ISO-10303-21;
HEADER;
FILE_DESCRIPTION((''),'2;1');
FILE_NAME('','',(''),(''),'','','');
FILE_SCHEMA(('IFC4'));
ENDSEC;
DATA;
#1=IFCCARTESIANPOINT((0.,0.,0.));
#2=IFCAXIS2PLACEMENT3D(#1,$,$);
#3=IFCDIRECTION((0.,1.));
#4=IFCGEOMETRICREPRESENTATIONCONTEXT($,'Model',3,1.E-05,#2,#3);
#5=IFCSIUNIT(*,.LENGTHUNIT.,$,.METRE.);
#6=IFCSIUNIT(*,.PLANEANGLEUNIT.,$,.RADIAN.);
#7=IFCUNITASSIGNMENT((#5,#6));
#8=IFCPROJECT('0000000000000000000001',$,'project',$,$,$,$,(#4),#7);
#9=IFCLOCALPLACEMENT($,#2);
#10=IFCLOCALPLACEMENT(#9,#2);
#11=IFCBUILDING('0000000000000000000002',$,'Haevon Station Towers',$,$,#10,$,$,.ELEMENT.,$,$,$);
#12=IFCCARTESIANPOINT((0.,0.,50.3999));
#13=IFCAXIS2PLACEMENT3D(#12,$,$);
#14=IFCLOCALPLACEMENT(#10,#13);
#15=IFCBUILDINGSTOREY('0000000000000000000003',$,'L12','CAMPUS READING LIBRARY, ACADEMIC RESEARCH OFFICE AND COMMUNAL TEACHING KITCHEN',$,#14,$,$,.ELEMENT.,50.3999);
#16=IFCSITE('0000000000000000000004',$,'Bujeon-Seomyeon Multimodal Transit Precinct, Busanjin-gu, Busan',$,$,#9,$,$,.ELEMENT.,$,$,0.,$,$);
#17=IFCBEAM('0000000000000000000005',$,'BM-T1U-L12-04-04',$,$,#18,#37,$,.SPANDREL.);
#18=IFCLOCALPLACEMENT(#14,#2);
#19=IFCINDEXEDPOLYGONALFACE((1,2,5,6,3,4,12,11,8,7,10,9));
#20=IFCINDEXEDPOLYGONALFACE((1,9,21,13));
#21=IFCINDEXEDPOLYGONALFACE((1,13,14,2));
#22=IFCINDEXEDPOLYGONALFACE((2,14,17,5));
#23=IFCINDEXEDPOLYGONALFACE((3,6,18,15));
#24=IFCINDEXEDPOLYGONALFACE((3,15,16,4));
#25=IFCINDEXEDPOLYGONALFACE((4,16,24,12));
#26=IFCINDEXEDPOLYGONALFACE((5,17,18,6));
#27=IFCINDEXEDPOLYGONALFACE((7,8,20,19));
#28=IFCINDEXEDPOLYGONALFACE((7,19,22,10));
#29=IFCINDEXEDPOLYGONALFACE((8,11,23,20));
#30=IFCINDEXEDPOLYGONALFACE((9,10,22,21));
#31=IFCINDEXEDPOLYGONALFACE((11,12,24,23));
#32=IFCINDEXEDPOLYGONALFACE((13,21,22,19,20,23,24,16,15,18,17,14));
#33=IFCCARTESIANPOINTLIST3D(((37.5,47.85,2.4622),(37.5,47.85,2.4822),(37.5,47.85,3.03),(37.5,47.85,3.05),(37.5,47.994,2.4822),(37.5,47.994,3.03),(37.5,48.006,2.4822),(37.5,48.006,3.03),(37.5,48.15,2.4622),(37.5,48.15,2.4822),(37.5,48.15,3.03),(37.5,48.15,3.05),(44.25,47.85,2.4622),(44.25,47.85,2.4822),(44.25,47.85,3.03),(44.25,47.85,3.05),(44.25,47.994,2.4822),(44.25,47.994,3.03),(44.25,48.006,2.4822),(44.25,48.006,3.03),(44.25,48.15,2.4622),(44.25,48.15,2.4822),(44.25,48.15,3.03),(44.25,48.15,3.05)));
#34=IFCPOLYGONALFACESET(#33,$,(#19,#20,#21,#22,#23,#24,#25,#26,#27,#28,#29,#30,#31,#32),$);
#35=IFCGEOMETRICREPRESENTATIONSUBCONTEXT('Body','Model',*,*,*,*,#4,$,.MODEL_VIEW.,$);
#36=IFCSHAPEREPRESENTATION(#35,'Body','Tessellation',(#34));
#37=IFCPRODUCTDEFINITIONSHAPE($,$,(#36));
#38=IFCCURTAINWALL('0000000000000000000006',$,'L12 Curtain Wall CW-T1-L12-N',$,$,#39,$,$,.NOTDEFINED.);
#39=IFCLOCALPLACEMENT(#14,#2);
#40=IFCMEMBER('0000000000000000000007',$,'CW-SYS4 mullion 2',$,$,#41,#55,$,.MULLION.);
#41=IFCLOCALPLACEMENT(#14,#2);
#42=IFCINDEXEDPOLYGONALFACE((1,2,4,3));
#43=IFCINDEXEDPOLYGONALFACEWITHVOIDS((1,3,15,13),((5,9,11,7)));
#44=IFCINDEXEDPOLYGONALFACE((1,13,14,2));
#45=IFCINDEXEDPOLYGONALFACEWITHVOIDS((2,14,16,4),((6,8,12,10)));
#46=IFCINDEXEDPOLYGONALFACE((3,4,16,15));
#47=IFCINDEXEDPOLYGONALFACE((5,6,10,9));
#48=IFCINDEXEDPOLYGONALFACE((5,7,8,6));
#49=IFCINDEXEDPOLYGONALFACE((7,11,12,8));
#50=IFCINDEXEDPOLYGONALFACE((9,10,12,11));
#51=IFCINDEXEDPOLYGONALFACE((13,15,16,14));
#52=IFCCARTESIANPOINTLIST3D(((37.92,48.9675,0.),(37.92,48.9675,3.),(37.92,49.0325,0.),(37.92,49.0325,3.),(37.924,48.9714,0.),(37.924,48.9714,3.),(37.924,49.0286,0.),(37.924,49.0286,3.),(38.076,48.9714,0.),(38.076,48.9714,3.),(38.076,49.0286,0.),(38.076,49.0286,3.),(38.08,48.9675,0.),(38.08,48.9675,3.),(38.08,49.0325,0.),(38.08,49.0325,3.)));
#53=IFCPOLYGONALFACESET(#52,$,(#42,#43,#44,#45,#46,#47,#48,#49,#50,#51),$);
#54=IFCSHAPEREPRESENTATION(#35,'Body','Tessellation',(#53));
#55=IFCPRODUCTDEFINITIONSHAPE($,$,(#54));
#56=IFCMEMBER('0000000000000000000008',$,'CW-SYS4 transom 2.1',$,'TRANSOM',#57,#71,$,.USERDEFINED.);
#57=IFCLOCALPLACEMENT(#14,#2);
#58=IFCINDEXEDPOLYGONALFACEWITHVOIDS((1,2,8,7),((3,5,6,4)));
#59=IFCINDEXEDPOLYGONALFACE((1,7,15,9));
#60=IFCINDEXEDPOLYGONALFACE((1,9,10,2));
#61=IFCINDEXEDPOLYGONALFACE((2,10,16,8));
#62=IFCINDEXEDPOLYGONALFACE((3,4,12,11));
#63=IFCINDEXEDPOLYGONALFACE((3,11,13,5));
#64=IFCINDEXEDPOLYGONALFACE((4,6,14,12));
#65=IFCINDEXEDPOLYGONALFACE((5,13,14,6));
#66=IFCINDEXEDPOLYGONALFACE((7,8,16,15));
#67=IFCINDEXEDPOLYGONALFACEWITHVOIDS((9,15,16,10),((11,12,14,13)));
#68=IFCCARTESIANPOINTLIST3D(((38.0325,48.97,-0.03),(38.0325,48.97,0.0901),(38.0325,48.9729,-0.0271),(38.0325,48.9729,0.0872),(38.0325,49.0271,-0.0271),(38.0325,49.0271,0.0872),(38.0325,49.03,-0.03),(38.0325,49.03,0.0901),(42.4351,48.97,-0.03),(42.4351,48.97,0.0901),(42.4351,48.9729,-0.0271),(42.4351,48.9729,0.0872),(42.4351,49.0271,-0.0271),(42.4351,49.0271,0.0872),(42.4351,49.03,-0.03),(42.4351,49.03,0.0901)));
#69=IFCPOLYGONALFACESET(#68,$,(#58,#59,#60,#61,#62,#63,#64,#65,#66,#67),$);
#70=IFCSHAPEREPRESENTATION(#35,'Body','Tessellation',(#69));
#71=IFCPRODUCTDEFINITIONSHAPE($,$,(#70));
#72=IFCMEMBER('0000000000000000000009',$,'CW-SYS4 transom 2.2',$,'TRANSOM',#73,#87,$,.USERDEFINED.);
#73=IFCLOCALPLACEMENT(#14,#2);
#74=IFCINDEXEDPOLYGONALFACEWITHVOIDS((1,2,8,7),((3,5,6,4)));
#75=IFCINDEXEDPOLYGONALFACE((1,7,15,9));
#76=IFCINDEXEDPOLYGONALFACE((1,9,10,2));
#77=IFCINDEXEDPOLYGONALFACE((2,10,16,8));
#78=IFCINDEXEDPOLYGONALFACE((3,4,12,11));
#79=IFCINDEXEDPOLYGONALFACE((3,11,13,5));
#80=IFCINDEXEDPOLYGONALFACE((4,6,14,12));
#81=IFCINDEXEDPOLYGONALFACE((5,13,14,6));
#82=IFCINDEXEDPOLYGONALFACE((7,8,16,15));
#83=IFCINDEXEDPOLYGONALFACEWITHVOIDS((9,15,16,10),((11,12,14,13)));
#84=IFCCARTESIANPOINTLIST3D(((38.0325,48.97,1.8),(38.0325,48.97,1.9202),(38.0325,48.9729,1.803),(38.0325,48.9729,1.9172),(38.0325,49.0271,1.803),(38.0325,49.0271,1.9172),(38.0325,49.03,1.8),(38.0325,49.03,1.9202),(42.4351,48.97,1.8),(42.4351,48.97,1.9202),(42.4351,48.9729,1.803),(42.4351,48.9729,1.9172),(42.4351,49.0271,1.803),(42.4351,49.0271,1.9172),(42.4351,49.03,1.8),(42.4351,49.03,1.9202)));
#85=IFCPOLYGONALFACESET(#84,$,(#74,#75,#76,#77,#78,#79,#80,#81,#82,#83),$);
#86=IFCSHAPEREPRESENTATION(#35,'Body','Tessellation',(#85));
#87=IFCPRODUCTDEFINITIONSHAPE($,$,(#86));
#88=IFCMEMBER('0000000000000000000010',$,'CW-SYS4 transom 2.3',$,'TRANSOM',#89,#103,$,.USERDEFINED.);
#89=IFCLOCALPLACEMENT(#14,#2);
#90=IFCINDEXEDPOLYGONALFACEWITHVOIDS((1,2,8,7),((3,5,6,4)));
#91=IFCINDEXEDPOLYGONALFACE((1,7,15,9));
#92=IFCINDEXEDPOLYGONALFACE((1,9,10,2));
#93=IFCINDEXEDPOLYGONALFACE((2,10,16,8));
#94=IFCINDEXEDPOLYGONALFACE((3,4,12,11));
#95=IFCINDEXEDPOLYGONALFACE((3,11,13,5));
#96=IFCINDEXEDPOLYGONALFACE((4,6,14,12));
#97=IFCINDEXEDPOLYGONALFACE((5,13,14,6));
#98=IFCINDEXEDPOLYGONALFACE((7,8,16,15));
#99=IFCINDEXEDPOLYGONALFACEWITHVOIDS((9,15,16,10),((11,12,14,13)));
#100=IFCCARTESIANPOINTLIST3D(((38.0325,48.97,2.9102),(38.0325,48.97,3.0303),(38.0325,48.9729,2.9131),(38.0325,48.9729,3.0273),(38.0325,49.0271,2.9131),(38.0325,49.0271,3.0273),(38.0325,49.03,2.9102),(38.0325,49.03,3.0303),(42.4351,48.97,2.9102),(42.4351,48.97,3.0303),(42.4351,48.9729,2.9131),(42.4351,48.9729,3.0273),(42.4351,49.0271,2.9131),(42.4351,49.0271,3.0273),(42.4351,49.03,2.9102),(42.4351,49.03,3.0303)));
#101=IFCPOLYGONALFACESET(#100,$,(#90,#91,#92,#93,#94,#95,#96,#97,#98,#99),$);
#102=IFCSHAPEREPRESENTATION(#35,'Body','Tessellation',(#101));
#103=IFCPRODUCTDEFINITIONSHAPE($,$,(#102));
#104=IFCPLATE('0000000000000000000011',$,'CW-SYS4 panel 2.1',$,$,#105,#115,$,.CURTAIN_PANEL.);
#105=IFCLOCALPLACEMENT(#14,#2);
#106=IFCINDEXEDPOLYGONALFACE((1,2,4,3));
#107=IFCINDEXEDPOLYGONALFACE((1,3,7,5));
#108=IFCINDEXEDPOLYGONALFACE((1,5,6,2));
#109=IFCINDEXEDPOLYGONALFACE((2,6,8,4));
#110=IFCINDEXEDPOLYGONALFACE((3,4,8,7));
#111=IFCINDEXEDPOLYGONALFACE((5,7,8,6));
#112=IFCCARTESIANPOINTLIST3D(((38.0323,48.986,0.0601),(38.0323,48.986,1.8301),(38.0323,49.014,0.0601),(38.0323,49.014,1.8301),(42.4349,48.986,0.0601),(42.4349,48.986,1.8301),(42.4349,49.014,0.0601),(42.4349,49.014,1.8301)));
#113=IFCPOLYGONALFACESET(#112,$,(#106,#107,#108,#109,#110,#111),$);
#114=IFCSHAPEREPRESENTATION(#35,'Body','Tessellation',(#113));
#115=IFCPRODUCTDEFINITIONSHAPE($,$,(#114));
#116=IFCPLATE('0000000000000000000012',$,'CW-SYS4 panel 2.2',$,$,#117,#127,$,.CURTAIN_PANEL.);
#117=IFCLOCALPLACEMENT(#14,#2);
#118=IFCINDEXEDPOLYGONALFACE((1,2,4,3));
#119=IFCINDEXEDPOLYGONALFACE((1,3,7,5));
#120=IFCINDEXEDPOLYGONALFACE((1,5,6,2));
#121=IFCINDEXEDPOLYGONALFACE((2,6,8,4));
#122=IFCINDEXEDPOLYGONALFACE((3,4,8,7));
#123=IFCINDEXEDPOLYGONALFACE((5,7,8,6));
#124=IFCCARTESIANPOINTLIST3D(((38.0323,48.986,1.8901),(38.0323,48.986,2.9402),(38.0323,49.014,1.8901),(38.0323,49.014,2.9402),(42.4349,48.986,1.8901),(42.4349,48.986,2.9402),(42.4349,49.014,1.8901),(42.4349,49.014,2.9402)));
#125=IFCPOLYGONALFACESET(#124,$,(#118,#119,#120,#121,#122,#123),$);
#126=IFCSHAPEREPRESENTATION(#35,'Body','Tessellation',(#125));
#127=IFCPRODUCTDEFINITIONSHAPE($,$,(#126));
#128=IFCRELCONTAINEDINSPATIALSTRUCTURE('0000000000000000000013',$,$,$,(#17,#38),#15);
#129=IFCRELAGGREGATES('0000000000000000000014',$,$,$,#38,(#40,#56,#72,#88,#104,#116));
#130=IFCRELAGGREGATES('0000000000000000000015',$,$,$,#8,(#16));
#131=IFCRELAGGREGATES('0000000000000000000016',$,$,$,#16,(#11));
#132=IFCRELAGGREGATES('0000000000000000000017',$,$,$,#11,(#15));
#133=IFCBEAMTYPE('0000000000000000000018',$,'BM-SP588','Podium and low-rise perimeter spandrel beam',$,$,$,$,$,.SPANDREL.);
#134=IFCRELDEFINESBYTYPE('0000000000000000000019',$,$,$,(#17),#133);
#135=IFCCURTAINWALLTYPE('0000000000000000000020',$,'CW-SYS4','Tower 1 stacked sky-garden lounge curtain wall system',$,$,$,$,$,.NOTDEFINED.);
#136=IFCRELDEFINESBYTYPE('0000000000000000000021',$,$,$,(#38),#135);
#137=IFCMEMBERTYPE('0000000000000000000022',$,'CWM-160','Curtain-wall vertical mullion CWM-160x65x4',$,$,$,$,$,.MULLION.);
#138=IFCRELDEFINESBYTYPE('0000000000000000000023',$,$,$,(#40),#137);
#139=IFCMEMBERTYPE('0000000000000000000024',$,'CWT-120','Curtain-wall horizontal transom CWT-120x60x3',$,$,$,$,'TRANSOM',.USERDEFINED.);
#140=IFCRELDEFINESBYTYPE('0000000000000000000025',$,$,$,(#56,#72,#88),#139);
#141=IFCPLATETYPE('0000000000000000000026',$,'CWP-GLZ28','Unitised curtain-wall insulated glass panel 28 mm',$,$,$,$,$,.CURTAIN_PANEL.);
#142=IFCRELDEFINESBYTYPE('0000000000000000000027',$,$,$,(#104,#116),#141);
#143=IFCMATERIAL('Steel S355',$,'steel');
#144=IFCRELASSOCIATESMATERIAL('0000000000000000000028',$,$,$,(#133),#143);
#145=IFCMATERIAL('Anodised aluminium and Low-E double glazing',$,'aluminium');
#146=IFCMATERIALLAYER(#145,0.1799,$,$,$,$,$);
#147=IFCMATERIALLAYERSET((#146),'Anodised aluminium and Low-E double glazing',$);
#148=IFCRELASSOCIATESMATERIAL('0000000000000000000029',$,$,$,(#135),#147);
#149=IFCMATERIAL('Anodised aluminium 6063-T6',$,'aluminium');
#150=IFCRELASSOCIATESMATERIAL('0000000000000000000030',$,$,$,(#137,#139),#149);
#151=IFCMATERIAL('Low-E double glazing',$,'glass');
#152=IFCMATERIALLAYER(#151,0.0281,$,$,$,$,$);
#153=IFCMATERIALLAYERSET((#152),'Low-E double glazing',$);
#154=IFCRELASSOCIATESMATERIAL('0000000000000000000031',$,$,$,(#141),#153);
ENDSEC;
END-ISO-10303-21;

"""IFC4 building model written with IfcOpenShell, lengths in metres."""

from ifc_helpers import new_model, si_unit, direction, frame, origin, origin_2d, place, context, subcontext, project, spatial, rectangle, hollow_rectangle, i_section, extrude, material, layer, layer_set, material_profile, profile_set, type_object, element, aggregate, save


model = new_model("IFC4")

# Units and contexts
model_context = context("Model", 3, precision=1e-05, world=origin(), true_north=direction((0.0, 1.0)))
body_context = subcontext(model_context, "Body", "Model", "MODEL_VIEW")
ifc_project = project(units=[si_unit("LENGTHUNIT", "METRE"), si_unit("PLANEANGLEUNIT", "RADIAN")], contexts=[model_context])

# Site, building, storey
site_placement = place(None, origin())
site = spatial("IfcSite", under=ifc_project, at=site_placement, Name="Bujeon-Seomyeon Multimodal Transit Precinct, Busanjin-gu, Busan", CompositionType="ELEMENT", RefElevation=0.0)
building_placement = place(site_placement, origin())
building = spatial("IfcBuilding", under=site, at=building_placement, Name="Haevon Station Towers", CompositionType="ELEMENT")
storey_placement = place(building_placement, frame((0.0, 0.0, 50.3999)))
storey = spatial("IfcBuildingStorey", under=building, at=storey_placement, Name="L12", Description="CAMPUS READING LIBRARY, ACADEMIC RESEARCH OFFICE AND COMMUNAL TEACHING KITCHEN", CompositionType="ELEMENT", Elevation=50.3999)

# Beam
ifc_material_1 = material(Name="Steel S355", Category="steel")
ifc_material_profile_1 = material_profile(ifc_material_1, i_section(OverallWidth=0.3, OverallDepth=0.5879, WebThickness=0.012, FlangeThickness=0.02, at=origin_2d()), Name="H-588x300x12x20")
ifc_profile_set_1 = profile_set([ifc_material_profile_1], Name="Steel S355")
beam_type = type_object("IfcBeamType", Name="BM-SP588", Description="Podium and low-rise perimeter spandrel beam", PredefinedType="SPANDREL", material=ifc_profile_set_1)
beam_placement = place(storey_placement, frame((37.5, 48.0, 2.7561), z_axis=(1.0, 0.0, 0.0), x_axis=(0.0, 1.0, 0.0)))
element("IfcBeam", 1, at=beam_placement, inside=storey, type_object=beam_type, Name="BM-T1U-L12-04-04", PredefinedType="SPANDREL", context=body_context, shape_type="SweptSolid", body=[
    extrude(i_section(OverallWidth=0.3, OverallDepth=0.5879, WebThickness=0.012, FlangeThickness=0.02, at=origin_2d()), origin(), (0.0, 0.0, 1.0), 6.75),
])

# Curtain wall, members, plates
ifc_material_2 = material(Name="Anodised aluminium and Low-E double glazing", Category="aluminium")
ifc_layer_1 = layer(ifc_material_2, 0.1799)
ifc_layer_set_1 = layer_set([ifc_layer_1], Name="Anodised aluminium and Low-E double glazing")
curtain_wall_type = type_object("IfcCurtainWallType", Name="CW-SYS4", Description="Tower 1 stacked sky-garden lounge curtain wall system", PredefinedType="NOTDEFINED", material=ifc_layer_set_1)
curtain_wall_placement = place(storey_placement, origin())
curtain_wall = element("IfcCurtainWall", 2, at=curtain_wall_placement, inside=storey, type_object=curtain_wall_type, Name="L12 Curtain Wall CW-T1-L12-N", PredefinedType="NOTDEFINED")
ifc_material_3 = material(Name="Anodised aluminium 6063-T6", Category="aluminium")
ifc_material_profile_2 = material_profile(ifc_material_3, hollow_rectangle(XDim=0.0649, YDim=0.1599, WallThickness=0.0039, at=origin_2d()), Name="CWM-160x65x4")
ifc_profile_set_2 = profile_set([ifc_material_profile_2], Name="Anodised aluminium 6063-T6")
member_type_1 = type_object("IfcMemberType", Name="CWM-160", Description="Curtain-wall vertical mullion CWM-160x65x4", PredefinedType="MULLION", material=ifc_profile_set_2)
member_1_placement = place(storey_placement, frame((38.0, 49.0, 0.0), z_axis=(0.0, 0.0, 1.0), x_axis=(0.0, 1.0, 0.0)))
member_1 = element("IfcMember", 3, at=member_1_placement, type_object=member_type_1, Name="CW-SYS4 mullion 2", PredefinedType="MULLION", context=body_context, shape_type="SweptSolid", body=[
    extrude(hollow_rectangle(XDim=0.0649, YDim=0.1599, WallThickness=0.0039, at=origin_2d()), origin(), (0.0, 0.0, 1.0), 3.0),
])
ifc_material_profile_3 = material_profile(ifc_material_3, hollow_rectangle(XDim=0.0601, YDim=0.1201, WallThickness=0.0029, at=origin_2d()), Name="CWT-120x60x3")
ifc_profile_set_3 = profile_set([ifc_material_profile_3], Name="Anodised aluminium 6063-T6")
member_type_2 = type_object("IfcMemberType", Name="CWT-120", Description="Curtain-wall horizontal transom CWT-120x60x3", ElementType="TRANSOM", PredefinedType="USERDEFINED", material=ifc_profile_set_3)
member_2_placement = place(storey_placement, frame((38.0325, 49.0, 0.03), z_axis=(1.0, 0.0, 0.0), x_axis=(0.0, 1.0, 0.0)))
member_2 = element("IfcMember", 4, at=member_2_placement, type_object=member_type_2, Name="CW-SYS4 transom 2.1", ObjectType="TRANSOM", PredefinedType="USERDEFINED", context=body_context, shape_type="SweptSolid", body=[
    extrude(hollow_rectangle(XDim=0.0601, YDim=0.1201, WallThickness=0.0029, at=origin_2d()), origin(), (0.0, 0.0, 1.0), 4.4026),
])
member_3_placement = place(storey_placement, frame((38.0325, 49.0, 1.8601), z_axis=(1.0, 0.0, 0.0), x_axis=(0.0, 1.0, 0.0)))
member_3 = element("IfcMember", 5, at=member_3_placement, type_object=member_type_2, Name="CW-SYS4 transom 2.2", ObjectType="TRANSOM", PredefinedType="USERDEFINED", context=body_context, shape_type="SweptSolid", body=[
    extrude(hollow_rectangle(XDim=0.0601, YDim=0.1201, WallThickness=0.0029, at=origin_2d()), origin(), (0.0, 0.0, 1.0), 4.4026),
])
member_4_placement = place(storey_placement, frame((38.0325, 49.0, 2.9702), z_axis=(1.0, 0.0, 0.0), x_axis=(0.0, 1.0, 0.0)))
member_4 = element("IfcMember", 6, at=member_4_placement, type_object=member_type_2, Name="CW-SYS4 transom 2.3", ObjectType="TRANSOM", PredefinedType="USERDEFINED", context=body_context, shape_type="SweptSolid", body=[
    extrude(hollow_rectangle(XDim=0.0601, YDim=0.1201, WallThickness=0.0029, at=origin_2d()), origin(), (0.0, 0.0, 1.0), 4.4026),
])
ifc_material_4 = material(Name="Low-E double glazing", Category="glass")
ifc_layer_2 = layer(ifc_material_4, 0.0281)
ifc_layer_set_2 = layer_set([ifc_layer_2], Name="Low-E double glazing")
plate_type = type_object("IfcPlateType", Name="CWP-GLZ28", Description="Unitised curtain-wall insulated glass panel 28 mm", PredefinedType="CURTAIN_PANEL", material=ifc_layer_set_2)
plate_1_placement = place(storey_placement, frame((40.2336, 49.0, 0.0601), z_axis=(0.0, 0.0, 1.0), x_axis=(1.0, 0.0, 0.0)))
plate_1 = element("IfcPlate", 7, at=plate_1_placement, type_object=plate_type, Name="CW-SYS4 panel 2.1", PredefinedType="CURTAIN_PANEL", context=body_context, shape_type="SweptSolid", body=[
    extrude(rectangle(XDim=4.4026, YDim=0.0281, at=origin_2d()), origin(), (0.0, 0.0, 1.0), 1.77),
])
plate_2_placement = place(storey_placement, frame((40.2336, 49.0, 1.8901), z_axis=(0.0, 0.0, 1.0), x_axis=(1.0, 0.0, 0.0)))
plate_2 = element("IfcPlate", 8, at=plate_2_placement, type_object=plate_type, Name="CW-SYS4 panel 2.2", PredefinedType="CURTAIN_PANEL", context=body_context, shape_type="SweptSolid", body=[
    extrude(rectangle(XDim=4.4026, YDim=0.0281, at=origin_2d()), origin(), (0.0, 0.0, 1.0), 1.05),
])
aggregate(curtain_wall, [member_1, member_2, member_3, member_4, plate_1, plate_2])

save(model, "model.ifc")
